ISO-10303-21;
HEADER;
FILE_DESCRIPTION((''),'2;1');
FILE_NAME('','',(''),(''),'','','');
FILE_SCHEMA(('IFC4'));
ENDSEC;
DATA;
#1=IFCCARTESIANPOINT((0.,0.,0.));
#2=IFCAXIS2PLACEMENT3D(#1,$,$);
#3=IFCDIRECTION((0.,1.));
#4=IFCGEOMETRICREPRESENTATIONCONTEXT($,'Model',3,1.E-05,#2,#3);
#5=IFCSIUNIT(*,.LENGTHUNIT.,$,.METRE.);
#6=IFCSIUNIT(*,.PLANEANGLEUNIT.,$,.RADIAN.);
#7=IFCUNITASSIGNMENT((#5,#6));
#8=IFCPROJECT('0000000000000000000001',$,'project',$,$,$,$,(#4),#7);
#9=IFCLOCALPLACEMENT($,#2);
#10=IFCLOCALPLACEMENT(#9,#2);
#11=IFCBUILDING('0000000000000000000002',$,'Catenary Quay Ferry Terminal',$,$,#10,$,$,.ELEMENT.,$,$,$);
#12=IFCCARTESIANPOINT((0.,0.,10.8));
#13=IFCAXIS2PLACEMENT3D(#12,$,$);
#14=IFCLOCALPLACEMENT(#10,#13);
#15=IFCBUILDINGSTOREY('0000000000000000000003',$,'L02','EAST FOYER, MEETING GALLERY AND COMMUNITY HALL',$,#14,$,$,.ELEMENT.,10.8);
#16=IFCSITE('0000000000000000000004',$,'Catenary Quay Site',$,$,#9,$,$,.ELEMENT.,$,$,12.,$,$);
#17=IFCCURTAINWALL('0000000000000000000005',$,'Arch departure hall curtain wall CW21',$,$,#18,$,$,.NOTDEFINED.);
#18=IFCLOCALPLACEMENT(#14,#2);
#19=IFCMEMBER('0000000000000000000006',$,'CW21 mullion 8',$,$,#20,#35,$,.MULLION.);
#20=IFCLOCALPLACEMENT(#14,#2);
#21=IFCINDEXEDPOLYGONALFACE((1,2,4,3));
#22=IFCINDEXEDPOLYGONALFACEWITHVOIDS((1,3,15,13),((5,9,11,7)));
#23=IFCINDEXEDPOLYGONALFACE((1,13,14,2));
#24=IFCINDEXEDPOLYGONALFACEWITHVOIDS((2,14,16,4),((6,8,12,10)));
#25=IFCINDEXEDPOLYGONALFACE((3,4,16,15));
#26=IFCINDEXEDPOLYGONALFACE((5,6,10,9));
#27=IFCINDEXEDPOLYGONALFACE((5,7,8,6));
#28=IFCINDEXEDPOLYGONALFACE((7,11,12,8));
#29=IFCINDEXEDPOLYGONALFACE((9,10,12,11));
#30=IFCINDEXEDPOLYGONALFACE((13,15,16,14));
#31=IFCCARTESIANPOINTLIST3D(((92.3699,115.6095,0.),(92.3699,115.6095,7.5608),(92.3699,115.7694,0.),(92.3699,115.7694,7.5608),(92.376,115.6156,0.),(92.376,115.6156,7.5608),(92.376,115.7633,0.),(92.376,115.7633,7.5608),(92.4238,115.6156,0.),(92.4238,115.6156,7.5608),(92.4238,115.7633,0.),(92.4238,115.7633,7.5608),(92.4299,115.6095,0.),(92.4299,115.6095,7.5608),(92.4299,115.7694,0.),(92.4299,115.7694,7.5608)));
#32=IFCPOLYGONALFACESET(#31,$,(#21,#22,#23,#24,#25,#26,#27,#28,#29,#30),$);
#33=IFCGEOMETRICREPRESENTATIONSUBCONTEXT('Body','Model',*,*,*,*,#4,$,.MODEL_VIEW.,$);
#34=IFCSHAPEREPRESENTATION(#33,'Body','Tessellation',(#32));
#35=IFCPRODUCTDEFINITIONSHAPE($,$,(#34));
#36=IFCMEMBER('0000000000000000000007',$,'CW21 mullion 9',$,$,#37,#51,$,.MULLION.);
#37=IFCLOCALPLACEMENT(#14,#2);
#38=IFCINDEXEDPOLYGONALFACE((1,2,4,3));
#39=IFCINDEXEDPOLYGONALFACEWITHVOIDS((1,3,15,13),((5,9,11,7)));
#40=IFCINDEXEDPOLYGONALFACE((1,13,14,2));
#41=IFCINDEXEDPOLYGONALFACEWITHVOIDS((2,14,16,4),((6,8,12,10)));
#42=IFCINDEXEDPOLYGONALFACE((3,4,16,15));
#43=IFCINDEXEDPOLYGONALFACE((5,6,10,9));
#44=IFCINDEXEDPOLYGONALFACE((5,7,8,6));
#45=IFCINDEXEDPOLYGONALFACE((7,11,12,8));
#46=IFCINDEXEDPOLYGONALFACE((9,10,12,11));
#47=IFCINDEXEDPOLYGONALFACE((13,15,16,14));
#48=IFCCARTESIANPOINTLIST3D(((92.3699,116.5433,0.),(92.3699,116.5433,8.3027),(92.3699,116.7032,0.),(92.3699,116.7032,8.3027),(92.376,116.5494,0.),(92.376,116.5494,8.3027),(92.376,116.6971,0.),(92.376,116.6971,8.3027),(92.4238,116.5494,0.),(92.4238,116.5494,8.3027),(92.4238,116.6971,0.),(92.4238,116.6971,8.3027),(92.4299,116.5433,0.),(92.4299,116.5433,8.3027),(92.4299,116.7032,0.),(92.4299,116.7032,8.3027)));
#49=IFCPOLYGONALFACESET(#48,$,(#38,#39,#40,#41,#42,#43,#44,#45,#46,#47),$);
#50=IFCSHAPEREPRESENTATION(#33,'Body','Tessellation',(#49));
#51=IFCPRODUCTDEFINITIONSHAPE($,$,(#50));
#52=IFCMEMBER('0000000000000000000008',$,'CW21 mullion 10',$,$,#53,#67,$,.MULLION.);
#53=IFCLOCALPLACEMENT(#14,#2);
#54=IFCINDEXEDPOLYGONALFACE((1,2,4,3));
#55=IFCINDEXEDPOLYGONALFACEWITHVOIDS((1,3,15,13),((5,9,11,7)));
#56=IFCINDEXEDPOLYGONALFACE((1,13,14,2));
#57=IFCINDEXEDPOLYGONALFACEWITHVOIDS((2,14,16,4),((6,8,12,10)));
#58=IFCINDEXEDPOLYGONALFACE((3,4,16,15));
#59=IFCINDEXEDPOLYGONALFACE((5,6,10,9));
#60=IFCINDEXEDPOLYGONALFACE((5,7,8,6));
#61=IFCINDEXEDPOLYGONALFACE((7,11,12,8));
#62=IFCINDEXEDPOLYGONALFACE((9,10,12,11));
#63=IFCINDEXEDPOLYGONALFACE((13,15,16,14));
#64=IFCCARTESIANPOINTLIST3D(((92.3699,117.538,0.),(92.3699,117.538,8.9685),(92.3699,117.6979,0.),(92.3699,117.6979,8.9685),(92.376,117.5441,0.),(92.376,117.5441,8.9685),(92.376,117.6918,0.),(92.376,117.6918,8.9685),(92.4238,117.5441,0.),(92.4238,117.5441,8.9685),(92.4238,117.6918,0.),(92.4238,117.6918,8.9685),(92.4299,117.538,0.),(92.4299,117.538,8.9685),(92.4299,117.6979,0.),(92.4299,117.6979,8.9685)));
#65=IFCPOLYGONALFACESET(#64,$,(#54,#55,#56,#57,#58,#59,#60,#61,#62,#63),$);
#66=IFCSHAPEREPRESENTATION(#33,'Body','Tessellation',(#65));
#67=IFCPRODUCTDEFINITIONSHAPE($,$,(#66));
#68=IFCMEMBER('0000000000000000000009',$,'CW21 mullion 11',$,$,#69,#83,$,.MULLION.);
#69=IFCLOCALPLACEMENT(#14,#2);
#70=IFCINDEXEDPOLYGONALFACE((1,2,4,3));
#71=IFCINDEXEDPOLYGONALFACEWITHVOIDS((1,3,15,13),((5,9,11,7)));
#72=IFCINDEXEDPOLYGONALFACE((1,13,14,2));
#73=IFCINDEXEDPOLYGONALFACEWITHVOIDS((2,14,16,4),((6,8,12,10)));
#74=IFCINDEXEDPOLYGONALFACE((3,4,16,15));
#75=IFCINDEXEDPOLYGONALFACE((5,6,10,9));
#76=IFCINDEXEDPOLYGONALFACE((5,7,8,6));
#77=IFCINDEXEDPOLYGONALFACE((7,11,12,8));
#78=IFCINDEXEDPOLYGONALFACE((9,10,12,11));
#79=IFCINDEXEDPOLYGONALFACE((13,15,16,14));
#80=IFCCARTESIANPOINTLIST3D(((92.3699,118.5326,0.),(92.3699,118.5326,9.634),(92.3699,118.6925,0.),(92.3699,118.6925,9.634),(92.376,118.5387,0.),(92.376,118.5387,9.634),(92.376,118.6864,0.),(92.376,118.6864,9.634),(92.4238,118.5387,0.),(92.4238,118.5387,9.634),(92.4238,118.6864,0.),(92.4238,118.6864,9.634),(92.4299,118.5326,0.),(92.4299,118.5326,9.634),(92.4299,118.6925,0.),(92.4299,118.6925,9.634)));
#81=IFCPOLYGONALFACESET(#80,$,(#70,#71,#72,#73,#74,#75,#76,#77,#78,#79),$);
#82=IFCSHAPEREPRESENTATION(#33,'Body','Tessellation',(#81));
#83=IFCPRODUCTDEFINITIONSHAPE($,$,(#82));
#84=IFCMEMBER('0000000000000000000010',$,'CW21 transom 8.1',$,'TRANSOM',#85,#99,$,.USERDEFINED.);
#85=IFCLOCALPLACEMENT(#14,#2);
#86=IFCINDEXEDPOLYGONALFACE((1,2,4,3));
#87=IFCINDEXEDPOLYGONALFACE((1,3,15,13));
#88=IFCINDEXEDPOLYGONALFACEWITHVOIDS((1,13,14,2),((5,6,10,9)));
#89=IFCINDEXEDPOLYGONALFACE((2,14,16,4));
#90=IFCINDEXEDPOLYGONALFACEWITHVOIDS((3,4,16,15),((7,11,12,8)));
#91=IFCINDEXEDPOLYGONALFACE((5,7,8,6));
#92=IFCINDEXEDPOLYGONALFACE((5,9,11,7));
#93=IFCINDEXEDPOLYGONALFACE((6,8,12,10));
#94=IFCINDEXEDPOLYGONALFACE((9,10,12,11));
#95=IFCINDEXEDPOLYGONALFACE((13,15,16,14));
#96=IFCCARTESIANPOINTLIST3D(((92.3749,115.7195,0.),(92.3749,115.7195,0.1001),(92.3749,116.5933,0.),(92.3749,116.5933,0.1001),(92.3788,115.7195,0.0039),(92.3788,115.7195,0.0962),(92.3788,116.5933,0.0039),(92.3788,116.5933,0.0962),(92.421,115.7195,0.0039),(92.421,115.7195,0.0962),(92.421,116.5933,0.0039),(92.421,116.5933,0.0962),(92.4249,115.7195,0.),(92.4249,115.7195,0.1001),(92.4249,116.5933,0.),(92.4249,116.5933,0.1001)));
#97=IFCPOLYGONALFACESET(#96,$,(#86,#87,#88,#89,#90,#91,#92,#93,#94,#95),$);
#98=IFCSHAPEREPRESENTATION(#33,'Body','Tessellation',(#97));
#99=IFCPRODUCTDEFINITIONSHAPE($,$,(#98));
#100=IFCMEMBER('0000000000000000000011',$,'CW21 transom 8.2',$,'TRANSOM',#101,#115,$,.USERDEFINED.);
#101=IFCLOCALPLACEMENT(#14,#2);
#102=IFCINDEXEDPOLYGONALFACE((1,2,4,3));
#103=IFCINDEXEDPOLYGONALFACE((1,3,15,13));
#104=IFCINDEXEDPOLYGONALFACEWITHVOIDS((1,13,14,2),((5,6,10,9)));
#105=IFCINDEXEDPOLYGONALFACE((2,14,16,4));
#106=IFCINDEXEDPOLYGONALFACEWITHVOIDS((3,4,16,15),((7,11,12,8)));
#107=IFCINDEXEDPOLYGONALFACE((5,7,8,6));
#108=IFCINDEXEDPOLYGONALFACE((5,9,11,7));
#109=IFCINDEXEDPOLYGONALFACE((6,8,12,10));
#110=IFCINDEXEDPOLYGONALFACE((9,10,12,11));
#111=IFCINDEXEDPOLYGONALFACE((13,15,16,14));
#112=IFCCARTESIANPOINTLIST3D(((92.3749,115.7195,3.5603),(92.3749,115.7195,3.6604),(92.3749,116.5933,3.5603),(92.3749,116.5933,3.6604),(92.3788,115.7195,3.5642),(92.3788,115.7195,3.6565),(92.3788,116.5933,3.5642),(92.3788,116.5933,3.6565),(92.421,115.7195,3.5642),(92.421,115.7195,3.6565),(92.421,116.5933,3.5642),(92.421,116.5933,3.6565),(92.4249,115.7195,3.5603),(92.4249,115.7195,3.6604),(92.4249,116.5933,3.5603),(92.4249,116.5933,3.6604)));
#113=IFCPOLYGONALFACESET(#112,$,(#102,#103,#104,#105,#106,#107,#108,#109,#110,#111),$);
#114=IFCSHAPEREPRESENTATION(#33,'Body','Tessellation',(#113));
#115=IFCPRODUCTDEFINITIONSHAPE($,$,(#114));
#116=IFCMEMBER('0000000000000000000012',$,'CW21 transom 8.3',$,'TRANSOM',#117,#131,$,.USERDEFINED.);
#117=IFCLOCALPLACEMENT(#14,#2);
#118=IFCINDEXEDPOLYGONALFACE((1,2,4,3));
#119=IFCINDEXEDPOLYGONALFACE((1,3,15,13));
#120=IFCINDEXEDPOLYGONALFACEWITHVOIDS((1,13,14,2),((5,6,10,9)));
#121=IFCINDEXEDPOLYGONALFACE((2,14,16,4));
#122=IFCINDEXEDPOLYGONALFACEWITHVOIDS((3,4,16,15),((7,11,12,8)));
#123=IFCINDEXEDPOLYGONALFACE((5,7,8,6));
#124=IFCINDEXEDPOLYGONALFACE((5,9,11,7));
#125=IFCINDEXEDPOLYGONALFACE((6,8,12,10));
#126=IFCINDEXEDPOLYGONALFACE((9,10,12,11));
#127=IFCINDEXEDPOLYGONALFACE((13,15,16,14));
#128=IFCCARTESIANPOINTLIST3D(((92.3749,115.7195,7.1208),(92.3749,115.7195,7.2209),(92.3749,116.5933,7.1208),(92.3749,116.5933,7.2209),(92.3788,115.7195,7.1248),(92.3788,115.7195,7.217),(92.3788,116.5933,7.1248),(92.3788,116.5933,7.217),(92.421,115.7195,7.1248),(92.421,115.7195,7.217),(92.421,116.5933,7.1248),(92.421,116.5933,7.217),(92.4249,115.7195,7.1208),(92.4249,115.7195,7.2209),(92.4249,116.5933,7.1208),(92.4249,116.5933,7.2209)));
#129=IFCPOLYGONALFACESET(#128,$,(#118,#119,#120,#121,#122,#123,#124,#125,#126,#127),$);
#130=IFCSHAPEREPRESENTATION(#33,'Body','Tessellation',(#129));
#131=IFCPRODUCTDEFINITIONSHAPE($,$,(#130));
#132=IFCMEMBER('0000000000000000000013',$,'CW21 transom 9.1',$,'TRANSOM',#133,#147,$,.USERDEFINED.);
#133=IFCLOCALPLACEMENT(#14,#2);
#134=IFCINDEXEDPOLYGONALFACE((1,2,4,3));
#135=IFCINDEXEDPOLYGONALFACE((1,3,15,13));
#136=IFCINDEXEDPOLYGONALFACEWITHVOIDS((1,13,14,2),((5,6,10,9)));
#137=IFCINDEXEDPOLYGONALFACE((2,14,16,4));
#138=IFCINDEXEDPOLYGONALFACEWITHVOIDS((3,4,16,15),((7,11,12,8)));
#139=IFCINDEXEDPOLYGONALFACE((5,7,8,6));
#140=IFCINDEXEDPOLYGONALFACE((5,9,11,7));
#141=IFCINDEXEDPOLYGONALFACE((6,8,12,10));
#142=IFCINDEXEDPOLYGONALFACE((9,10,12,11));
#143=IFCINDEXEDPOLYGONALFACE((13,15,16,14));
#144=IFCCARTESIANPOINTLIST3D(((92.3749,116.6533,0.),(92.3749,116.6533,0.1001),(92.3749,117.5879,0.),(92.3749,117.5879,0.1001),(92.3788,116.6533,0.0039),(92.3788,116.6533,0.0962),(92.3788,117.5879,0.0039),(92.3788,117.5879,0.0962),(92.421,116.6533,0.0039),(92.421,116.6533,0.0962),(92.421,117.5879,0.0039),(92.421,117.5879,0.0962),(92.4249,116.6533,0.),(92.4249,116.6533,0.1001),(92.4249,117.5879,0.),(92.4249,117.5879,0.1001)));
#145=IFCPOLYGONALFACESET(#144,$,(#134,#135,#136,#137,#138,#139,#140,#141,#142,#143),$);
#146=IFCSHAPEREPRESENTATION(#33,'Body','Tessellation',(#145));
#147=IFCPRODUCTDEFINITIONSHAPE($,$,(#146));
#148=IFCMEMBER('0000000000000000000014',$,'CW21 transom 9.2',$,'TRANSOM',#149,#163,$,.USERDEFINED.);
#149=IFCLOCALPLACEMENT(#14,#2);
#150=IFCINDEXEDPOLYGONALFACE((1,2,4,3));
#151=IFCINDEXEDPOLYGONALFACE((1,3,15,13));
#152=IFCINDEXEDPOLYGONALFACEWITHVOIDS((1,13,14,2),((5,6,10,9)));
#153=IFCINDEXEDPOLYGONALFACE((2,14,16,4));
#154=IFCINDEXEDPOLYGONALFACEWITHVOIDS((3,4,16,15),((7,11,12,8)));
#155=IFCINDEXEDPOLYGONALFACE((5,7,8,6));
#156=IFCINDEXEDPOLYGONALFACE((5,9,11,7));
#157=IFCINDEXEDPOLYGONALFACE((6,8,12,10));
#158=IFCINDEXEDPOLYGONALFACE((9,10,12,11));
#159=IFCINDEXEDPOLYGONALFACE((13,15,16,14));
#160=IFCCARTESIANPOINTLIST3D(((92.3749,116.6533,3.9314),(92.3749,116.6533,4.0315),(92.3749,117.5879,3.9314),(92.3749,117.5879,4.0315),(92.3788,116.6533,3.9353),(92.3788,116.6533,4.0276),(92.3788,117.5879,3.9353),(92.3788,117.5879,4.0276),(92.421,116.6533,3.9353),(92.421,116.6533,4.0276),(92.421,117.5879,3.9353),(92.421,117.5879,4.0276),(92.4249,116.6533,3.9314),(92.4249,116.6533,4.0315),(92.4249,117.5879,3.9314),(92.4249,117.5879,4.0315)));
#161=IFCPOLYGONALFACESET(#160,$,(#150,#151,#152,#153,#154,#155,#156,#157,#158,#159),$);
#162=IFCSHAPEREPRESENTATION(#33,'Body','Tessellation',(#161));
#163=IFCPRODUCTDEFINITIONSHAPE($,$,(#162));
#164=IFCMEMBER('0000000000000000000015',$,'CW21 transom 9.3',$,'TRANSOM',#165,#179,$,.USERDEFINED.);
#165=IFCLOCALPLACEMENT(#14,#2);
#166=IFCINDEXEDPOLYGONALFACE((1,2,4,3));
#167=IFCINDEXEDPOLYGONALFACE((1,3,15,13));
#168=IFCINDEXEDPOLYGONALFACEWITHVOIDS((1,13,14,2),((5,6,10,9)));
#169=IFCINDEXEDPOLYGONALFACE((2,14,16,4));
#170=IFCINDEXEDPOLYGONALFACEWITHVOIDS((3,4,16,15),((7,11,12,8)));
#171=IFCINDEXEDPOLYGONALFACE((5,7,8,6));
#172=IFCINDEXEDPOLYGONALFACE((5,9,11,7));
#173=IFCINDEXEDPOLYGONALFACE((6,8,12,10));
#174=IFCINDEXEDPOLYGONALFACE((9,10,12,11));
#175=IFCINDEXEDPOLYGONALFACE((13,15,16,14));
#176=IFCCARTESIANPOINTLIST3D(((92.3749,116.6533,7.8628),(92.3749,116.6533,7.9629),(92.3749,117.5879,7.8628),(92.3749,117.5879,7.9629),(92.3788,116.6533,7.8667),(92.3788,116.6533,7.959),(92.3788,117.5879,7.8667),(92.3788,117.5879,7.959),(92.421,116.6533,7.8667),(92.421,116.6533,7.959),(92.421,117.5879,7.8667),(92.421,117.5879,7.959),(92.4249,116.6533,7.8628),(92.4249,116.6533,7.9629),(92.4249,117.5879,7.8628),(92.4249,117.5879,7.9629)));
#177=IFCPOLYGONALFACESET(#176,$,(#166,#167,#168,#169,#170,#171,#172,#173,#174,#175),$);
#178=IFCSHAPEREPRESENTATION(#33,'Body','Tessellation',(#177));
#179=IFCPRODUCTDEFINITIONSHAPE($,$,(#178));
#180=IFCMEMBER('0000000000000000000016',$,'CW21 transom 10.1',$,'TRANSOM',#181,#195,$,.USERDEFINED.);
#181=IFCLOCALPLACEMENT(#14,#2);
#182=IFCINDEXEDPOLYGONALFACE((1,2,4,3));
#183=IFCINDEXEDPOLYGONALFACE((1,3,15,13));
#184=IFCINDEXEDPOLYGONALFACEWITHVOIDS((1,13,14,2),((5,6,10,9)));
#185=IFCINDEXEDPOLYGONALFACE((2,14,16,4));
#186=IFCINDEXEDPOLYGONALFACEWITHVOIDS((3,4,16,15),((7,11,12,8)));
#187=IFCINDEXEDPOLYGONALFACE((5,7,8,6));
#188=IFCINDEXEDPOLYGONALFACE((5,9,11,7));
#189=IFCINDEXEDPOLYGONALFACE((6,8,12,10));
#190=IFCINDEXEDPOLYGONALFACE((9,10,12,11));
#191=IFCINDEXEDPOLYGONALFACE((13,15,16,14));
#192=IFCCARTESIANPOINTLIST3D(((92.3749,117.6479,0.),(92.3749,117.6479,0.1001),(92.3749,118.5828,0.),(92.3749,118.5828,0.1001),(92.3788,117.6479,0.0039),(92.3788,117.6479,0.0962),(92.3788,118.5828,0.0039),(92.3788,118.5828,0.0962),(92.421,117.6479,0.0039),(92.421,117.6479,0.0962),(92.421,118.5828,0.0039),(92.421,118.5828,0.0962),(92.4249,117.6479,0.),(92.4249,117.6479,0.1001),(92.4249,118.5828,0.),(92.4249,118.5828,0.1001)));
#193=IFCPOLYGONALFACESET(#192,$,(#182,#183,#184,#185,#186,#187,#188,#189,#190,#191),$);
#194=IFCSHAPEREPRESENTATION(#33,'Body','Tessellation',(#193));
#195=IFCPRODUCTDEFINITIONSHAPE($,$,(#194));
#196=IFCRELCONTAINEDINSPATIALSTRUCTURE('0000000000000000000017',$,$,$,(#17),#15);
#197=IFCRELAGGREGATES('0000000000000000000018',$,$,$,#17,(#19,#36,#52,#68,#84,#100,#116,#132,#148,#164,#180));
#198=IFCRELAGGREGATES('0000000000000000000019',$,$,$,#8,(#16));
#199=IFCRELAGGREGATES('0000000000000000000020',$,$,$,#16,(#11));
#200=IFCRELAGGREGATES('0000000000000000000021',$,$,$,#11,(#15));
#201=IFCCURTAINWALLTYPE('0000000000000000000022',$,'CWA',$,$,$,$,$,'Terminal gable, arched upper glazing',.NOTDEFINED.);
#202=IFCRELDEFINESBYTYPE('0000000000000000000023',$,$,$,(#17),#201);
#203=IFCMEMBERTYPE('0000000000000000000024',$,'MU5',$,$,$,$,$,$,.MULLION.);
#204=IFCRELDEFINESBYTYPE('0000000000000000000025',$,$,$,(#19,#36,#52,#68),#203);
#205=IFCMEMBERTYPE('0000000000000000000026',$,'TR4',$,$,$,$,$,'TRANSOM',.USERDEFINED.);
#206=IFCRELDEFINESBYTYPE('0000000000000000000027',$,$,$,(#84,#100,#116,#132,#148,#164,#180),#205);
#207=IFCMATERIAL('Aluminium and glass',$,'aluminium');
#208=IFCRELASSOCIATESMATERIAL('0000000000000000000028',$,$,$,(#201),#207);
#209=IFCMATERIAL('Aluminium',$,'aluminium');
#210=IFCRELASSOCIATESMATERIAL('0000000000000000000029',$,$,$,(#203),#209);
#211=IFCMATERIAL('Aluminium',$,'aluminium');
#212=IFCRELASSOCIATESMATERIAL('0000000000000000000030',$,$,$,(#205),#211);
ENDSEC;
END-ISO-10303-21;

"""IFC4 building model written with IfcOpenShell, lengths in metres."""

from ifc_helpers import new_model, si_unit, direction, frame, origin, origin_2d, place, context, subcontext, project, spatial, hollow_rectangle, extrude, material, material_profile, profile_set, type_object, element, aggregate, save


model = new_model("IFC4")

# Units and contexts
model_context = context("Model", 3, precision=1e-05, world=origin(), true_north=direction((0.0, 1.0)))
body_context = subcontext(model_context, "Body", "Model", "MODEL_VIEW")
ifc_project = project(units=[si_unit("LENGTHUNIT", "METRE"), si_unit("PLANEANGLEUNIT", "RADIAN")], contexts=[model_context])

# Site, building, storey
site_placement = place(None, origin())
site = spatial("IfcSite", under=ifc_project, at=site_placement, Name="Catenary Quay Site", CompositionType="ELEMENT", RefElevation=12.0)
building_placement = place(site_placement, origin())
building = spatial("IfcBuilding", under=site, at=building_placement, Name="Catenary Quay Ferry Terminal", CompositionType="ELEMENT")
storey_placement = place(building_placement, frame((0.0, 0.0, 10.8)))
storey = spatial("IfcBuildingStorey", under=building, at=storey_placement, Name="L02", Description="EAST FOYER, MEETING GALLERY AND COMMUNITY HALL", CompositionType="ELEMENT", Elevation=10.8)

# Curtain wall, members
ifc_material_1 = material(Name="Aluminium and glass", Category="aluminium")
curtain_wall_type = type_object("IfcCurtainWallType", Name="CWA", ElementType="Terminal gable, arched upper glazing", PredefinedType="NOTDEFINED", material=ifc_material_1)
curtain_wall_placement = place(storey_placement, origin())
curtain_wall = element("IfcCurtainWall", 1, at=curtain_wall_placement, inside=storey, type_object=curtain_wall_type, Name="Arch departure hall curtain wall CW21", PredefinedType="NOTDEFINED")
ifc_material_2 = material(Name="Aluminium", Category="aluminium")
ifc_material_profile_1 = material_profile(ifc_material_2, hollow_rectangle(XDim=0.0601, YDim=0.1599, WallThickness=0.0061, at=origin_2d()), Name="MU5")
ifc_profile_set_1 = profile_set([ifc_material_profile_1], Name="Aluminium")
member_type_1 = type_object("IfcMemberType", Name="MU5", PredefinedType="MULLION", material=ifc_profile_set_1)
member_1_placement = place(storey_placement, frame((92.3999, 115.6895, 0.0), z_axis=(0.0, 0.0, 1.0), x_axis=(-1.0, 0.0, 0.0)))
member_1 = element("IfcMember", 2, at=member_1_placement, type_object=member_type_1, Name="CW21 mullion 8", PredefinedType="MULLION", context=body_context, shape_type="SweptSolid", body=[
    extrude(hollow_rectangle(XDim=0.0601, YDim=0.1599, WallThickness=0.0061, at=origin_2d()), origin(), (0.0, 0.0, 1.0), 7.5608),
])
member_2_placement = place(storey_placement, frame((92.3999, 116.6233, 0.0), z_axis=(0.0, 0.0, 1.0), x_axis=(-1.0, 0.0, 0.0)))
member_2 = element("IfcMember", 3, at=member_2_placement, type_object=member_type_1, Name="CW21 mullion 9", PredefinedType="MULLION", context=body_context, shape_type="SweptSolid", body=[
    extrude(hollow_rectangle(XDim=0.0601, YDim=0.1599, WallThickness=0.0061, at=origin_2d()), origin(), (0.0, 0.0, 1.0), 8.3027),
])
member_3_placement = place(storey_placement, frame((92.3999, 117.6179, 0.0), z_axis=(0.0, 0.0, 1.0), x_axis=(-1.0, 0.0, 0.0)))
member_3 = element("IfcMember", 4, at=member_3_placement, type_object=member_type_1, Name="CW21 mullion 10", PredefinedType="MULLION", context=body_context, shape_type="SweptSolid", body=[
    extrude(hollow_rectangle(XDim=0.0601, YDim=0.1599, WallThickness=0.0061, at=origin_2d()), origin(), (0.0, 0.0, 1.0), 8.9685),
])
member_4_placement = place(storey_placement, frame((92.3999, 118.6125, 0.0), z_axis=(0.0, 0.0, 1.0), x_axis=(-1.0, 0.0, 0.0)))
member_4 = element("IfcMember", 5, at=member_4_placement, type_object=member_type_1, Name="CW21 mullion 11", PredefinedType="MULLION", context=body_context, shape_type="SweptSolid", body=[
    extrude(hollow_rectangle(XDim=0.0601, YDim=0.1599, WallThickness=0.0061, at=origin_2d()), origin(), (0.0, 0.0, 1.0), 9.634),
])
ifc_material_3 = material(Name="Aluminium", Category="aluminium")
ifc_material_profile_2 = material_profile(ifc_material_3, hollow_rectangle(XDim=0.05, YDim=0.1001, WallThickness=0.0039, at=origin_2d()), Name="TR4")
ifc_profile_set_2 = profile_set([ifc_material_profile_2], Name="Aluminium")
member_type_2 = type_object("IfcMemberType", Name="TR4", ElementType="TRANSOM", PredefinedType="USERDEFINED", material=ifc_profile_set_2)
member_5_placement = place(storey_placement, frame((92.3999, 115.7195, 0.05), z_axis=(0.0, 1.0, 0.0), x_axis=(-1.0, 0.0, 0.0)))
member_5 = element("IfcMember", 6, at=member_5_placement, type_object=member_type_2, Name="CW21 transom 8.1", ObjectType="TRANSOM", PredefinedType="USERDEFINED", context=body_context, shape_type="SweptSolid", body=[
    extrude(hollow_rectangle(XDim=0.05, YDim=0.1001, WallThickness=0.0039, at=origin_2d()), origin(), (0.0, 0.0, 1.0), 0.8738),
])
member_6_placement = place(storey_placement, frame((92.3999, 115.7195, 3.6104), z_axis=(0.0, 1.0, 0.0), x_axis=(-1.0, 0.0, 0.0)))
member_6 = element("IfcMember", 7, at=member_6_placement, type_object=member_type_2, Name="CW21 transom 8.2", ObjectType="TRANSOM", PredefinedType="USERDEFINED", context=body_context, shape_type="SweptSolid", body=[
    extrude(hollow_rectangle(XDim=0.05, YDim=0.1001, WallThickness=0.0039, at=origin_2d()), origin(), (0.0, 0.0, 1.0), 0.8738),
])
member_7_placement = place(storey_placement, frame((92.3999, 115.7195, 7.1709), z_axis=(0.0, 1.0, 0.0), x_axis=(-1.0, 0.0, 0.0)))
member_7 = element("IfcMember", 8, at=member_7_placement, type_object=member_type_2, Name="CW21 transom 8.3", ObjectType="TRANSOM", PredefinedType="USERDEFINED", context=body_context, shape_type="SweptSolid", body=[
    extrude(hollow_rectangle(XDim=0.05, YDim=0.1001, WallThickness=0.0039, at=origin_2d()), origin(), (0.0, 0.0, 1.0), 0.8738),
])
member_8_placement = place(storey_placement, frame((92.3999, 116.6533, 0.05), z_axis=(0.0, 1.0, 0.0), x_axis=(-1.0, 0.0, 0.0)))
member_8 = element("IfcMember", 9, at=member_8_placement, type_object=member_type_2, Name="CW21 transom 9.1", ObjectType="TRANSOM", PredefinedType="USERDEFINED", context=body_context, shape_type="SweptSolid", body=[
    extrude(hollow_rectangle(XDim=0.05, YDim=0.1001, WallThickness=0.0039, at=origin_2d()), origin(), (0.0, 0.0, 1.0), 0.9346),
])
member_9_placement = place(storey_placement, frame((92.3999, 116.6533, 3.9814), z_axis=(0.0, 1.0, 0.0), x_axis=(-1.0, 0.0, 0.0)))
member_9 = element("IfcMember", 10, at=member_9_placement, type_object=member_type_2, Name="CW21 transom 9.2", ObjectType="TRANSOM", PredefinedType="USERDEFINED", context=body_context, shape_type="SweptSolid", body=[
    extrude(hollow_rectangle(XDim=0.05, YDim=0.1001, WallThickness=0.0039, at=origin_2d()), origin(), (0.0, 0.0, 1.0), 0.9346),
])
member_10_placement = place(storey_placement, frame((92.3999, 116.6533, 7.9128), z_axis=(0.0, 1.0, 0.0), x_axis=(-1.0, 0.0, 0.0)))
member_10 = element("IfcMember", 11, at=member_10_placement, type_object=member_type_2, Name="CW21 transom 9.3", ObjectType="TRANSOM", PredefinedType="USERDEFINED", context=body_context, shape_type="SweptSolid", body=[
    extrude(hollow_rectangle(XDim=0.05, YDim=0.1001, WallThickness=0.0039, at=origin_2d()), origin(), (0.0, 0.0, 1.0), 0.9346),
])
member_11_placement = place(storey_placement, frame((92.3999, 117.6479, 0.05), z_axis=(0.0, 1.0, 0.0), x_axis=(-1.0, 0.0, 0.0)))
member_11 = element("IfcMember", 12, at=member_11_placement, type_object=member_type_2, Name="CW21 transom 10.1", ObjectType="TRANSOM", PredefinedType="USERDEFINED", context=body_context, shape_type="SweptSolid", body=[
    extrude(hollow_rectangle(XDim=0.05, YDim=0.1001, WallThickness=0.0039, at=origin_2d()), origin(), (0.0, 0.0, 1.0), 0.9348),
])
aggregate(curtain_wall, [member_1, member_2, member_3, member_4, member_5, member_6, member_7, member_8, member_9, member_10, member_11])

save(model, "model.ifc")
